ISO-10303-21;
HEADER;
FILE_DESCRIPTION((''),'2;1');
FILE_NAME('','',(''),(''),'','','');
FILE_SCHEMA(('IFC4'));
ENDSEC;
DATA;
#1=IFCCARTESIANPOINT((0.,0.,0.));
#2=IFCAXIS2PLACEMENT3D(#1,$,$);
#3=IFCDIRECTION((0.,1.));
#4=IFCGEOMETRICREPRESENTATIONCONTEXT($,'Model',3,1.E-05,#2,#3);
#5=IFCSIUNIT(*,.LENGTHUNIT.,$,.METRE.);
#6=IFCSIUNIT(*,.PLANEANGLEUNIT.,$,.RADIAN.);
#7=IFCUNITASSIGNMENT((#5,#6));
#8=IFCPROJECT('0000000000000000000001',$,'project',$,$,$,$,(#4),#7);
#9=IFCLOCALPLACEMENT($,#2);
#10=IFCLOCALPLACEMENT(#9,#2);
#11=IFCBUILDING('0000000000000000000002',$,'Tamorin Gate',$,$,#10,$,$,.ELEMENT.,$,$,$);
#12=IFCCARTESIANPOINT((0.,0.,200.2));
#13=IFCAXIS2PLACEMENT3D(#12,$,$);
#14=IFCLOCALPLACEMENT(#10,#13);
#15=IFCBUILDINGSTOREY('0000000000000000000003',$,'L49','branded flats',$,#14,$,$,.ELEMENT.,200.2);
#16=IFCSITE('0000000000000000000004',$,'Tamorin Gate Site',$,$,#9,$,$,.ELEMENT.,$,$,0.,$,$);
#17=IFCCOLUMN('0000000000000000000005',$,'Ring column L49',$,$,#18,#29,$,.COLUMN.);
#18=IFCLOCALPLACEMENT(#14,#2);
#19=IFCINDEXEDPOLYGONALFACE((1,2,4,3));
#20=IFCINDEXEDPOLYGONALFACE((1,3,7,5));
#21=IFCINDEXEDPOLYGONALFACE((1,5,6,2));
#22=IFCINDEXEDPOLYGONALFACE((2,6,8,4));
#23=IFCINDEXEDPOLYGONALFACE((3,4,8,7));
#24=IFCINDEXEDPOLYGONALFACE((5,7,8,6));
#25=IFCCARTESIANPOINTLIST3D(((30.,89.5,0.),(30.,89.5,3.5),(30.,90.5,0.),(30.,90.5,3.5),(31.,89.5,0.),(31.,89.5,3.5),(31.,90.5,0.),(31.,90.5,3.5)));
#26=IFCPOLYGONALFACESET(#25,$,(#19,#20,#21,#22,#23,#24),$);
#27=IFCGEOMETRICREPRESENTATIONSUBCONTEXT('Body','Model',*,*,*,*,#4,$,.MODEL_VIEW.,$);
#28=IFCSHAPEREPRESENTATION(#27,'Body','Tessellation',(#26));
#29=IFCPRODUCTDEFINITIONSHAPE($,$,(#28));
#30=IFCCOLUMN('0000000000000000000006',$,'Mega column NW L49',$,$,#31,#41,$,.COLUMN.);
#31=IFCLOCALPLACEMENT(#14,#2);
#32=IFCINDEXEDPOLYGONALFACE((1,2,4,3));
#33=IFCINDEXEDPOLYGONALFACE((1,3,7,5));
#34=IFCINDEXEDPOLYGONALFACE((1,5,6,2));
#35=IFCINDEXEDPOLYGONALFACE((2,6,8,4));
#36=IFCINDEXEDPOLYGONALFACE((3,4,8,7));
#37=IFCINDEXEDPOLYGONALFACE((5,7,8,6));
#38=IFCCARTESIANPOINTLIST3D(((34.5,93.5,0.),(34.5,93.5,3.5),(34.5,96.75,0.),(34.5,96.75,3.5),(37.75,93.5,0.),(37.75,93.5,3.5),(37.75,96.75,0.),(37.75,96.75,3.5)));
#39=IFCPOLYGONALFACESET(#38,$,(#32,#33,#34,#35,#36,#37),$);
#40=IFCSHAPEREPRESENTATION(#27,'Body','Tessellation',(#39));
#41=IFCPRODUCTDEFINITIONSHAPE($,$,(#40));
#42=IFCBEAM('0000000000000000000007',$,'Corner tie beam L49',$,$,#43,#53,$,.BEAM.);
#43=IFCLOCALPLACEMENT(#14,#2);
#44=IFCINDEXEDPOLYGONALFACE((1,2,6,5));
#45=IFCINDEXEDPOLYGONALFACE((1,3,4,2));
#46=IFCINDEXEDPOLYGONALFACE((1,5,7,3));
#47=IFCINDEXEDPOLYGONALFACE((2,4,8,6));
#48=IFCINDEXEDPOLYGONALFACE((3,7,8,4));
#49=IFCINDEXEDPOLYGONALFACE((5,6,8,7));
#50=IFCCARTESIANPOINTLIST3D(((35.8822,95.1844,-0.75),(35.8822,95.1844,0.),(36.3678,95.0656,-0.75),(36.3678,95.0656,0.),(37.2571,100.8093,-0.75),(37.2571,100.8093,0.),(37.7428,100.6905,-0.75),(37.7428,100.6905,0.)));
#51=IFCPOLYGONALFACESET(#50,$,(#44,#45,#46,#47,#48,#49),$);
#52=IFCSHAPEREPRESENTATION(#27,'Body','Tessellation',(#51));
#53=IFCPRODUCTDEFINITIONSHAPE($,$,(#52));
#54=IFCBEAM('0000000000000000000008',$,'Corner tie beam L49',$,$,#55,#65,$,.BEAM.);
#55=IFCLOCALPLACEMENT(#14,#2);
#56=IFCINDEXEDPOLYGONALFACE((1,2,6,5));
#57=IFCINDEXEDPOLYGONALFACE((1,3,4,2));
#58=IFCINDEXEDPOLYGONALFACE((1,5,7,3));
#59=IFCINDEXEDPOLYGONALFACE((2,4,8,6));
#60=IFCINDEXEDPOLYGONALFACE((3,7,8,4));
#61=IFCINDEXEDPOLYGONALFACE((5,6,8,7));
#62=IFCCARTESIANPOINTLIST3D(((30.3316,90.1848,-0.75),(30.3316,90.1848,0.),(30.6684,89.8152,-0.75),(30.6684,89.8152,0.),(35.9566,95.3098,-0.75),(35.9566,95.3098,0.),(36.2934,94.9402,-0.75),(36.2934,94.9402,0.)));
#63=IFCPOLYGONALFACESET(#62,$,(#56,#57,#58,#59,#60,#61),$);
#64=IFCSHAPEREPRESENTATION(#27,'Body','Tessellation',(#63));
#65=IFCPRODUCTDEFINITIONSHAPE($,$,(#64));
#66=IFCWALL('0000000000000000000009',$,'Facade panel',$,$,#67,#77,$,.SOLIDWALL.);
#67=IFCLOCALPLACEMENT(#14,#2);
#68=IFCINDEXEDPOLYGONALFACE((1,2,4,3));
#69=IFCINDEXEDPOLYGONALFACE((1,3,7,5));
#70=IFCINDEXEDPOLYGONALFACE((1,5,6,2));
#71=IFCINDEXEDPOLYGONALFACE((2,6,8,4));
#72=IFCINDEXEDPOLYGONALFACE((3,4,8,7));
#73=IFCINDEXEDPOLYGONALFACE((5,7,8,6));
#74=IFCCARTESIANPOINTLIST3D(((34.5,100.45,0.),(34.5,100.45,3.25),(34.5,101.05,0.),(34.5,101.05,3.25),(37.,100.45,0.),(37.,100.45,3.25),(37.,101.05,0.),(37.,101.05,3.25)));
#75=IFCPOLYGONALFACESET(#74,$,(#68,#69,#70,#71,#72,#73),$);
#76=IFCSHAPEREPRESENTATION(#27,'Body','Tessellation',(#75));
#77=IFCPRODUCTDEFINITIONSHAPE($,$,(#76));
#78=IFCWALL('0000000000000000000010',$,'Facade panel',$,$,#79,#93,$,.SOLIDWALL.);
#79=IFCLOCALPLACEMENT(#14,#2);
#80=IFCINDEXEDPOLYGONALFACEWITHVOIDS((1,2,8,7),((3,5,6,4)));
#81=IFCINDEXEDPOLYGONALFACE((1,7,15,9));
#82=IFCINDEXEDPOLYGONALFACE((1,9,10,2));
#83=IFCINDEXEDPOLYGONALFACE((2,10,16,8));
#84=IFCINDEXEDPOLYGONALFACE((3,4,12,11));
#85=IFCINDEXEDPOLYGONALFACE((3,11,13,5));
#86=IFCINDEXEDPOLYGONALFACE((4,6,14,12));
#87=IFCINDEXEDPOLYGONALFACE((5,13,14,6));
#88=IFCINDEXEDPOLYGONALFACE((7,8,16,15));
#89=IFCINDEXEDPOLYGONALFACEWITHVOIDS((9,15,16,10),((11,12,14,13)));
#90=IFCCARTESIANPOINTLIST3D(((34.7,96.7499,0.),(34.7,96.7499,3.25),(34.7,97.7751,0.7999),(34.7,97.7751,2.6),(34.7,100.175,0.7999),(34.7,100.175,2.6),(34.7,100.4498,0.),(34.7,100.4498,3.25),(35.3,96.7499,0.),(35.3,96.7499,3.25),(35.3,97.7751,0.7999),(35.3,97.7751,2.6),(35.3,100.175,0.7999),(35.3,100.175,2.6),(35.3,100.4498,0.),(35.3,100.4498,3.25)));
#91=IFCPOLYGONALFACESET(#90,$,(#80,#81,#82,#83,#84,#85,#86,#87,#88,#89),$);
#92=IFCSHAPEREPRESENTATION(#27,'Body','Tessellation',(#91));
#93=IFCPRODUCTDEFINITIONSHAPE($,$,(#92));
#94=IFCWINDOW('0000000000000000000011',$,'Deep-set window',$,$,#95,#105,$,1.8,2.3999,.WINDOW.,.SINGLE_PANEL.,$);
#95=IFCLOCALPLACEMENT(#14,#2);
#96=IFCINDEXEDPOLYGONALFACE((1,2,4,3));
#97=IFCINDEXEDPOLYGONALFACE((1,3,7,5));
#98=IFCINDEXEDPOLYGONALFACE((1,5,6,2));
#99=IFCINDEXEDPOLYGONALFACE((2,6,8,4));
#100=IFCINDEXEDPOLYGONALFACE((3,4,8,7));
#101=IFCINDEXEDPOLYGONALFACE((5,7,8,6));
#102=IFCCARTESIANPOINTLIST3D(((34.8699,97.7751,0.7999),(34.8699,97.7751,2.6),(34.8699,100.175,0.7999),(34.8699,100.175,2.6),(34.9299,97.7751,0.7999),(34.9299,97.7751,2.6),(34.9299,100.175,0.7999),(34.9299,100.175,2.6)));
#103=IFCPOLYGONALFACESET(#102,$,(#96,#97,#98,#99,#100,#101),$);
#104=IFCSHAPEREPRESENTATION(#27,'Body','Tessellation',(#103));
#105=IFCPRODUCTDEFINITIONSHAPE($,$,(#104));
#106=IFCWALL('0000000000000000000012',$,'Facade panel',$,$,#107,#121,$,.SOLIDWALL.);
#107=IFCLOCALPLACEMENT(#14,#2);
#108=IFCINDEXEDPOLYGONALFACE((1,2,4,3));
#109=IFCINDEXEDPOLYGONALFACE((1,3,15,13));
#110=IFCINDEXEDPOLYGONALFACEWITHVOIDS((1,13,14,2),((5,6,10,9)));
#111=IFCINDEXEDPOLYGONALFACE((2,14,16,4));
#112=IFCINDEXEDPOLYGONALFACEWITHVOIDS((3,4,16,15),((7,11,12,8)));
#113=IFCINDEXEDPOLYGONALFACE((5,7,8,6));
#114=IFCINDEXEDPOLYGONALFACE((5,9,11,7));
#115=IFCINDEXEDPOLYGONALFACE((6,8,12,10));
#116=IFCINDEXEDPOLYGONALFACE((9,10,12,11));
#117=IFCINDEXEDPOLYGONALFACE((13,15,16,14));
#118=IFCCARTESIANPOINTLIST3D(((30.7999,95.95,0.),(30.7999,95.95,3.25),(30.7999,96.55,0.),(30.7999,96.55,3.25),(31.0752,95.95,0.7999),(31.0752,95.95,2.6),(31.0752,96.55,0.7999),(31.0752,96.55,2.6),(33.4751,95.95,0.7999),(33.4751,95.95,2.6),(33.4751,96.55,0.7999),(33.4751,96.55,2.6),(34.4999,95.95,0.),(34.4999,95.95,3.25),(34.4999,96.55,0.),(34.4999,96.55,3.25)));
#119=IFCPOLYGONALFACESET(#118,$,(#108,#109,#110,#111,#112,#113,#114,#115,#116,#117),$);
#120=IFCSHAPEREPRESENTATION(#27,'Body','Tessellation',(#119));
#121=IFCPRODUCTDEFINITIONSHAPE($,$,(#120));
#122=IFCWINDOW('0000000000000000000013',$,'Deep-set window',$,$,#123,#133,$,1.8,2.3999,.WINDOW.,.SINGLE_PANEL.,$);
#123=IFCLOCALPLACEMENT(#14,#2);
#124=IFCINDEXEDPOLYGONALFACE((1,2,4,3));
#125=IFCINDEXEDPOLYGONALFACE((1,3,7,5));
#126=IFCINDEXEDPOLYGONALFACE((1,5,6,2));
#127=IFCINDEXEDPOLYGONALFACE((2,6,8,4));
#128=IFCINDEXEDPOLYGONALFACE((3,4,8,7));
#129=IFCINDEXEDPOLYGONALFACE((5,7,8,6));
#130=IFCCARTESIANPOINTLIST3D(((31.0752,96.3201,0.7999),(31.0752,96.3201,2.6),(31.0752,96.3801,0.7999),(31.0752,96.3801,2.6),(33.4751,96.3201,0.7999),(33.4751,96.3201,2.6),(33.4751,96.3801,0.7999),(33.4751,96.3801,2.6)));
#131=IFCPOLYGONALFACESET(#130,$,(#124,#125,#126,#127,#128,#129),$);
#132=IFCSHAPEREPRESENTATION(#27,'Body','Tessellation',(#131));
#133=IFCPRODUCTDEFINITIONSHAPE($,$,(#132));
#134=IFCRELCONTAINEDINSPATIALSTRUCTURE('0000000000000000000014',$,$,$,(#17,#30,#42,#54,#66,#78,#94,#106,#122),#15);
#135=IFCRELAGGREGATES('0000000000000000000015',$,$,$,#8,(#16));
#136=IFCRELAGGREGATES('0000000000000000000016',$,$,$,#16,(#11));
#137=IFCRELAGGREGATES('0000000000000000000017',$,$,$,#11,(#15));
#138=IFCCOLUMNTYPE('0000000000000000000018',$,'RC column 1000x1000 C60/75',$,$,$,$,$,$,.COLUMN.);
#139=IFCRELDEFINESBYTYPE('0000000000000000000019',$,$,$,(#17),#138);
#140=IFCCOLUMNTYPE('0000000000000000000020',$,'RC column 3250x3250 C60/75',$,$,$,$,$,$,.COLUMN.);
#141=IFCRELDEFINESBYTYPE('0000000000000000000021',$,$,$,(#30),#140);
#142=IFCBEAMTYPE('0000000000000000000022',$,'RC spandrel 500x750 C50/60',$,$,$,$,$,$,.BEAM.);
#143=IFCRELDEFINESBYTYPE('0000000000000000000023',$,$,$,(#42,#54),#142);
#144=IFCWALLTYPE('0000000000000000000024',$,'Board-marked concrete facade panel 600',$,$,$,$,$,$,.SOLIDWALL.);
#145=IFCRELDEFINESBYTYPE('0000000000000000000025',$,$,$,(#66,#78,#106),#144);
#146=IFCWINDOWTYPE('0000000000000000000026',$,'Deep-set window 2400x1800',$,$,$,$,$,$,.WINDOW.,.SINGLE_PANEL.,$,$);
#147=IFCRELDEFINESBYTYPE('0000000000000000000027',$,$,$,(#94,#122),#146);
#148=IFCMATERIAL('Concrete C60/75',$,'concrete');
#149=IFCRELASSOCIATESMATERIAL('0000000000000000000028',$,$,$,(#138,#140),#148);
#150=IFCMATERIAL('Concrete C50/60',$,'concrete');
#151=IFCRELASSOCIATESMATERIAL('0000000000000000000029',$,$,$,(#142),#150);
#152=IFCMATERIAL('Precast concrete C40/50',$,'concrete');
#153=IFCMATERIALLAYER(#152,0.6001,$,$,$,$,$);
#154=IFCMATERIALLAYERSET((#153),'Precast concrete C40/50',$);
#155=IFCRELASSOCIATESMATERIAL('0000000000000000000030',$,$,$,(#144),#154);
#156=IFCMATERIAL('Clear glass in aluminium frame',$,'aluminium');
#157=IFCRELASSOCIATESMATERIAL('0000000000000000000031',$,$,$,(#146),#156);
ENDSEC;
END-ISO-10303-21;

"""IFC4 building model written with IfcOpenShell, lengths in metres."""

from ifc_helpers import new_model, si_unit, direction, frame, frame_2d, origin, origin_2d, place, context, subcontext, project, spatial, rectangle, extrude, material, layer, layer_set, material_profile, profile_set, type_object, element, fill, save


model = new_model("IFC4")

# Units and contexts
model_context = context("Model", 3, precision=1e-05, world=origin(), true_north=direction((0.0, 1.0)))
body_context = subcontext(model_context, "Body", "Model", "MODEL_VIEW")
ifc_project = project(units=[si_unit("LENGTHUNIT", "METRE"), si_unit("PLANEANGLEUNIT", "RADIAN")], contexts=[model_context])

# Site, building, storey
site_placement = place(None, origin())
site = spatial("IfcSite", under=ifc_project, at=site_placement, Name="Tamorin Gate Site", CompositionType="ELEMENT", RefElevation=0.0)
building_placement = place(site_placement, origin())
building = spatial("IfcBuilding", under=site, at=building_placement, Name="Tamorin Gate", CompositionType="ELEMENT")
storey_placement = place(building_placement, frame((0.0, 0.0, 200.2)))
storey = spatial("IfcBuildingStorey", under=building, at=storey_placement, Name="L49", Description="branded flats", CompositionType="ELEMENT", Elevation=200.2)

# Columns
ifc_material_1 = material(Name="Concrete C60/75", Category="concrete")
ifc_material_profile_1 = material_profile(ifc_material_1, rectangle(XDim=1.0, YDim=1.0, at=origin_2d()), Name="RC 1000x1000")
ifc_profile_set_1 = profile_set([ifc_material_profile_1], Name="Concrete C60/75")
column_type_1 = type_object("IfcColumnType", Name="RC column 1000x1000 C60/75", PredefinedType="COLUMN", material=ifc_profile_set_1)
column_1_placement = place(storey_placement, frame((30.5, 90.0, 0.0), z_axis=(0.0, 0.0, 1.0), x_axis=(1.0, 0.0, 0.0)))
element("IfcColumn", 1, at=column_1_placement, inside=storey, type_object=column_type_1, Name="Ring column L49", PredefinedType="COLUMN", context=body_context, shape_type="SweptSolid", body=[
    extrude(rectangle(XDim=1.0, YDim=1.0, at=origin_2d()), origin(), (0.0, 0.0, 1.0), 3.5),
])
ifc_material_profile_2 = material_profile(ifc_material_1, rectangle(XDim=3.25, YDim=3.25, at=origin_2d()), Name="RC 3250x3250")
ifc_profile_set_2 = profile_set([ifc_material_profile_2], Name="Concrete C60/75")
column_type_2 = type_object("IfcColumnType", Name="RC column 3250x3250 C60/75", PredefinedType="COLUMN", material=ifc_profile_set_2)
column_2_placement = place(storey_placement, frame((36.125, 95.125, 0.0), z_axis=(0.0, 0.0, 1.0), x_axis=(1.0, 0.0, 0.0)))
element("IfcColumn", 2, at=column_2_placement, inside=storey, type_object=column_type_2, Name="Mega column NW L49", PredefinedType="COLUMN", context=body_context, shape_type="SweptSolid", body=[
    extrude(rectangle(XDim=3.25, YDim=3.25, at=origin_2d()), origin(), (0.0, 0.0, 1.0), 3.5),
])

# Beams
ifc_material_2 = material(Name="Concrete C50/60", Category="concrete")
ifc_material_profile_3 = material_profile(ifc_material_2, rectangle(XDim=0.5, YDim=0.75, at=origin_2d()), Name="RC 500x750")
ifc_profile_set_3 = profile_set([ifc_material_profile_3], Name="Concrete C50/60")
beam_type = type_object("IfcBeamType", Name="RC spandrel 500x750 C50/60", PredefinedType="BEAM", material=ifc_profile_set_3)
beam_1_placement = place(storey_placement, frame((36.125, 95.125, -0.375), z_axis=(0.237453, 0.971399, 0.0), x_axis=(-0.971399, 0.237453, 0.0)))
element("IfcBeam", 3, at=beam_1_placement, inside=storey, type_object=beam_type, Name="Corner tie beam L49", PredefinedType="BEAM", context=body_context, shape_type="SweptSolid", body=[
    extrude(rectangle(XDim=0.5, YDim=0.75, at=origin_2d()), origin(), (0.0, 0.0, 1.0), 5.7905),
])
beam_2_placement = place(storey_placement, frame((36.125, 95.125, -0.375), z_axis=(-0.739196, -0.67349, 0.0), x_axis=(0.67349, -0.739196, 0.0)))
element("IfcBeam", 4, at=beam_2_placement, inside=storey, type_object=beam_type, Name="Corner tie beam L49", PredefinedType="BEAM", context=body_context, shape_type="SweptSolid", body=[
    extrude(rectangle(XDim=0.5, YDim=0.75, at=origin_2d()), origin(), (0.0, 0.0, 1.0), 7.6096),
])

# Wall
ifc_material_3 = material(Name="Precast concrete C40/50", Category="concrete")
ifc_layer = layer(ifc_material_3, 0.6001)
ifc_layer_set = layer_set([ifc_layer], Name="Precast concrete C40/50")
wall_type = type_object("IfcWallType", Name="Board-marked concrete facade panel 600", PredefinedType="SOLIDWALL", material=ifc_layer_set)
wall_1_placement = place(storey_placement, frame((37.0, 100.75, 0.0), z_axis=(0.0, 0.0, 1.0), x_axis=(-1.0, 0.0, 0.0)))
element("IfcWall", 5, at=wall_1_placement, inside=storey, type_object=wall_type, Name="Facade panel", PredefinedType="SOLIDWALL", context=body_context, shape_type="SweptSolid", body=[
    extrude(rectangle(XDim=2.5, YDim=0.6001, at=frame_2d((1.25, 0.0))), origin(), (0.0, 0.0, 1.0), 3.25),
])

# Walls, openings, windows
wall_2_placement = place(storey_placement, frame((35.0, 100.45, 0.0), z_axis=(0.0, 0.0, 1.0), x_axis=(0.0, -1.0, 0.0)))
wall_2 = element("IfcWall", 6, at=wall_2_placement, inside=storey, type_object=wall_type, Name="Facade panel", PredefinedType="SOLIDWALL", context=body_context, shape_type="SweptSolid", body=[
    extrude(rectangle(XDim=3.7, YDim=0.6001, at=frame_2d((1.8501, 0.0))), origin(), (0.0, 0.0, 1.0), 3.25),
])
opening_1_placement = place(wall_2_placement, frame((0.2749, 0.0, 0.8)))
opening_1 = element("IfcOpeningElement", 7, at=opening_1_placement, cuts=wall_2, PredefinedType="OPENING", context=body_context, shape_type="SweptSolid", body=[
    extrude(rectangle(XDim=2.3999, YDim=1.8, at=frame_2d((1.2, 0.8999))), frame((0.0, 0.3101, 0.0), z_axis=(0.0, -1.0, 0.0), x_axis=(1.0, 0.0, 0.0)), (0.0, 0.0, 1.0), 0.6201),
])
ifc_material_4 = material(Name="Clear glass in aluminium frame", Category="aluminium")
window_type_1 = type_object("IfcWindowType", Name="Deep-set window 2400x1800", PartitioningType="SINGLE_PANEL", PredefinedType="WINDOW", material=ifc_material_4)
window_1_placement = place(opening_1_placement, origin())
window_1 = element("IfcWindow", 8, at=window_1_placement, inside=storey, type_object=window_type_1, Name="Deep-set window", OverallHeight=1.8, OverallWidth=2.3999, PartitioningType="SINGLE_PANEL", PredefinedType="WINDOW", context=body_context, shape_type="SweptSolid", body=[
    extrude(rectangle(XDim=2.3999, YDim=1.8, at=frame_2d((1.2, 0.8999))), frame((0.0, -0.0701, 0.0), z_axis=(0.0, -1.0, 0.0), x_axis=(1.0, 0.0, 0.0)), (0.0, 0.0, 1.0), 0.0601),
])
fill(opening_1, window_1)
wall_3_placement = place(storey_placement, frame((34.5, 96.25, 0.0), z_axis=(0.0, 0.0, 1.0), x_axis=(-1.0, 0.0, 0.0)))
wall_3 = element("IfcWall", 9, at=wall_3_placement, inside=storey, type_object=wall_type, Name="Facade panel", PredefinedType="SOLIDWALL", context=body_context, shape_type="SweptSolid", body=[
    extrude(rectangle(XDim=3.7, YDim=0.6001, at=frame_2d((1.8501, 0.0))), origin(), (0.0, 0.0, 1.0), 3.25),
])
opening_2_placement = place(wall_3_placement, frame((1.0249, 0.0, 0.8)))
opening_2 = element("IfcOpeningElement", 10, at=opening_2_placement, cuts=wall_3, PredefinedType="OPENING", context=body_context, shape_type="SweptSolid", body=[
    extrude(rectangle(XDim=2.3999, YDim=1.8, at=frame_2d((1.2, 0.8999))), frame((0.0, 0.3101, 0.0), z_axis=(0.0, -1.0, 0.0), x_axis=(1.0, 0.0, 0.0)), (0.0, 0.0, 1.0), 0.6201),
])
window_2_placement = place(opening_2_placement, origin())
window_2 = element("IfcWindow", 11, at=window_2_placement, inside=storey, type_object=window_type_1, Name="Deep-set window", OverallHeight=1.8, OverallWidth=2.3999, PartitioningType="SINGLE_PANEL", PredefinedType="WINDOW", context=body_context, shape_type="SweptSolid", body=[
    extrude(rectangle(XDim=2.3999, YDim=1.8, at=frame_2d((1.2, 0.8999))), frame((0.0, -0.0701, 0.0), z_axis=(0.0, -1.0, 0.0), x_axis=(1.0, 0.0, 0.0)), (0.0, 0.0, 1.0), 0.0601),
])
fill(opening_2, window_2)

save(model, "model.ifc")
